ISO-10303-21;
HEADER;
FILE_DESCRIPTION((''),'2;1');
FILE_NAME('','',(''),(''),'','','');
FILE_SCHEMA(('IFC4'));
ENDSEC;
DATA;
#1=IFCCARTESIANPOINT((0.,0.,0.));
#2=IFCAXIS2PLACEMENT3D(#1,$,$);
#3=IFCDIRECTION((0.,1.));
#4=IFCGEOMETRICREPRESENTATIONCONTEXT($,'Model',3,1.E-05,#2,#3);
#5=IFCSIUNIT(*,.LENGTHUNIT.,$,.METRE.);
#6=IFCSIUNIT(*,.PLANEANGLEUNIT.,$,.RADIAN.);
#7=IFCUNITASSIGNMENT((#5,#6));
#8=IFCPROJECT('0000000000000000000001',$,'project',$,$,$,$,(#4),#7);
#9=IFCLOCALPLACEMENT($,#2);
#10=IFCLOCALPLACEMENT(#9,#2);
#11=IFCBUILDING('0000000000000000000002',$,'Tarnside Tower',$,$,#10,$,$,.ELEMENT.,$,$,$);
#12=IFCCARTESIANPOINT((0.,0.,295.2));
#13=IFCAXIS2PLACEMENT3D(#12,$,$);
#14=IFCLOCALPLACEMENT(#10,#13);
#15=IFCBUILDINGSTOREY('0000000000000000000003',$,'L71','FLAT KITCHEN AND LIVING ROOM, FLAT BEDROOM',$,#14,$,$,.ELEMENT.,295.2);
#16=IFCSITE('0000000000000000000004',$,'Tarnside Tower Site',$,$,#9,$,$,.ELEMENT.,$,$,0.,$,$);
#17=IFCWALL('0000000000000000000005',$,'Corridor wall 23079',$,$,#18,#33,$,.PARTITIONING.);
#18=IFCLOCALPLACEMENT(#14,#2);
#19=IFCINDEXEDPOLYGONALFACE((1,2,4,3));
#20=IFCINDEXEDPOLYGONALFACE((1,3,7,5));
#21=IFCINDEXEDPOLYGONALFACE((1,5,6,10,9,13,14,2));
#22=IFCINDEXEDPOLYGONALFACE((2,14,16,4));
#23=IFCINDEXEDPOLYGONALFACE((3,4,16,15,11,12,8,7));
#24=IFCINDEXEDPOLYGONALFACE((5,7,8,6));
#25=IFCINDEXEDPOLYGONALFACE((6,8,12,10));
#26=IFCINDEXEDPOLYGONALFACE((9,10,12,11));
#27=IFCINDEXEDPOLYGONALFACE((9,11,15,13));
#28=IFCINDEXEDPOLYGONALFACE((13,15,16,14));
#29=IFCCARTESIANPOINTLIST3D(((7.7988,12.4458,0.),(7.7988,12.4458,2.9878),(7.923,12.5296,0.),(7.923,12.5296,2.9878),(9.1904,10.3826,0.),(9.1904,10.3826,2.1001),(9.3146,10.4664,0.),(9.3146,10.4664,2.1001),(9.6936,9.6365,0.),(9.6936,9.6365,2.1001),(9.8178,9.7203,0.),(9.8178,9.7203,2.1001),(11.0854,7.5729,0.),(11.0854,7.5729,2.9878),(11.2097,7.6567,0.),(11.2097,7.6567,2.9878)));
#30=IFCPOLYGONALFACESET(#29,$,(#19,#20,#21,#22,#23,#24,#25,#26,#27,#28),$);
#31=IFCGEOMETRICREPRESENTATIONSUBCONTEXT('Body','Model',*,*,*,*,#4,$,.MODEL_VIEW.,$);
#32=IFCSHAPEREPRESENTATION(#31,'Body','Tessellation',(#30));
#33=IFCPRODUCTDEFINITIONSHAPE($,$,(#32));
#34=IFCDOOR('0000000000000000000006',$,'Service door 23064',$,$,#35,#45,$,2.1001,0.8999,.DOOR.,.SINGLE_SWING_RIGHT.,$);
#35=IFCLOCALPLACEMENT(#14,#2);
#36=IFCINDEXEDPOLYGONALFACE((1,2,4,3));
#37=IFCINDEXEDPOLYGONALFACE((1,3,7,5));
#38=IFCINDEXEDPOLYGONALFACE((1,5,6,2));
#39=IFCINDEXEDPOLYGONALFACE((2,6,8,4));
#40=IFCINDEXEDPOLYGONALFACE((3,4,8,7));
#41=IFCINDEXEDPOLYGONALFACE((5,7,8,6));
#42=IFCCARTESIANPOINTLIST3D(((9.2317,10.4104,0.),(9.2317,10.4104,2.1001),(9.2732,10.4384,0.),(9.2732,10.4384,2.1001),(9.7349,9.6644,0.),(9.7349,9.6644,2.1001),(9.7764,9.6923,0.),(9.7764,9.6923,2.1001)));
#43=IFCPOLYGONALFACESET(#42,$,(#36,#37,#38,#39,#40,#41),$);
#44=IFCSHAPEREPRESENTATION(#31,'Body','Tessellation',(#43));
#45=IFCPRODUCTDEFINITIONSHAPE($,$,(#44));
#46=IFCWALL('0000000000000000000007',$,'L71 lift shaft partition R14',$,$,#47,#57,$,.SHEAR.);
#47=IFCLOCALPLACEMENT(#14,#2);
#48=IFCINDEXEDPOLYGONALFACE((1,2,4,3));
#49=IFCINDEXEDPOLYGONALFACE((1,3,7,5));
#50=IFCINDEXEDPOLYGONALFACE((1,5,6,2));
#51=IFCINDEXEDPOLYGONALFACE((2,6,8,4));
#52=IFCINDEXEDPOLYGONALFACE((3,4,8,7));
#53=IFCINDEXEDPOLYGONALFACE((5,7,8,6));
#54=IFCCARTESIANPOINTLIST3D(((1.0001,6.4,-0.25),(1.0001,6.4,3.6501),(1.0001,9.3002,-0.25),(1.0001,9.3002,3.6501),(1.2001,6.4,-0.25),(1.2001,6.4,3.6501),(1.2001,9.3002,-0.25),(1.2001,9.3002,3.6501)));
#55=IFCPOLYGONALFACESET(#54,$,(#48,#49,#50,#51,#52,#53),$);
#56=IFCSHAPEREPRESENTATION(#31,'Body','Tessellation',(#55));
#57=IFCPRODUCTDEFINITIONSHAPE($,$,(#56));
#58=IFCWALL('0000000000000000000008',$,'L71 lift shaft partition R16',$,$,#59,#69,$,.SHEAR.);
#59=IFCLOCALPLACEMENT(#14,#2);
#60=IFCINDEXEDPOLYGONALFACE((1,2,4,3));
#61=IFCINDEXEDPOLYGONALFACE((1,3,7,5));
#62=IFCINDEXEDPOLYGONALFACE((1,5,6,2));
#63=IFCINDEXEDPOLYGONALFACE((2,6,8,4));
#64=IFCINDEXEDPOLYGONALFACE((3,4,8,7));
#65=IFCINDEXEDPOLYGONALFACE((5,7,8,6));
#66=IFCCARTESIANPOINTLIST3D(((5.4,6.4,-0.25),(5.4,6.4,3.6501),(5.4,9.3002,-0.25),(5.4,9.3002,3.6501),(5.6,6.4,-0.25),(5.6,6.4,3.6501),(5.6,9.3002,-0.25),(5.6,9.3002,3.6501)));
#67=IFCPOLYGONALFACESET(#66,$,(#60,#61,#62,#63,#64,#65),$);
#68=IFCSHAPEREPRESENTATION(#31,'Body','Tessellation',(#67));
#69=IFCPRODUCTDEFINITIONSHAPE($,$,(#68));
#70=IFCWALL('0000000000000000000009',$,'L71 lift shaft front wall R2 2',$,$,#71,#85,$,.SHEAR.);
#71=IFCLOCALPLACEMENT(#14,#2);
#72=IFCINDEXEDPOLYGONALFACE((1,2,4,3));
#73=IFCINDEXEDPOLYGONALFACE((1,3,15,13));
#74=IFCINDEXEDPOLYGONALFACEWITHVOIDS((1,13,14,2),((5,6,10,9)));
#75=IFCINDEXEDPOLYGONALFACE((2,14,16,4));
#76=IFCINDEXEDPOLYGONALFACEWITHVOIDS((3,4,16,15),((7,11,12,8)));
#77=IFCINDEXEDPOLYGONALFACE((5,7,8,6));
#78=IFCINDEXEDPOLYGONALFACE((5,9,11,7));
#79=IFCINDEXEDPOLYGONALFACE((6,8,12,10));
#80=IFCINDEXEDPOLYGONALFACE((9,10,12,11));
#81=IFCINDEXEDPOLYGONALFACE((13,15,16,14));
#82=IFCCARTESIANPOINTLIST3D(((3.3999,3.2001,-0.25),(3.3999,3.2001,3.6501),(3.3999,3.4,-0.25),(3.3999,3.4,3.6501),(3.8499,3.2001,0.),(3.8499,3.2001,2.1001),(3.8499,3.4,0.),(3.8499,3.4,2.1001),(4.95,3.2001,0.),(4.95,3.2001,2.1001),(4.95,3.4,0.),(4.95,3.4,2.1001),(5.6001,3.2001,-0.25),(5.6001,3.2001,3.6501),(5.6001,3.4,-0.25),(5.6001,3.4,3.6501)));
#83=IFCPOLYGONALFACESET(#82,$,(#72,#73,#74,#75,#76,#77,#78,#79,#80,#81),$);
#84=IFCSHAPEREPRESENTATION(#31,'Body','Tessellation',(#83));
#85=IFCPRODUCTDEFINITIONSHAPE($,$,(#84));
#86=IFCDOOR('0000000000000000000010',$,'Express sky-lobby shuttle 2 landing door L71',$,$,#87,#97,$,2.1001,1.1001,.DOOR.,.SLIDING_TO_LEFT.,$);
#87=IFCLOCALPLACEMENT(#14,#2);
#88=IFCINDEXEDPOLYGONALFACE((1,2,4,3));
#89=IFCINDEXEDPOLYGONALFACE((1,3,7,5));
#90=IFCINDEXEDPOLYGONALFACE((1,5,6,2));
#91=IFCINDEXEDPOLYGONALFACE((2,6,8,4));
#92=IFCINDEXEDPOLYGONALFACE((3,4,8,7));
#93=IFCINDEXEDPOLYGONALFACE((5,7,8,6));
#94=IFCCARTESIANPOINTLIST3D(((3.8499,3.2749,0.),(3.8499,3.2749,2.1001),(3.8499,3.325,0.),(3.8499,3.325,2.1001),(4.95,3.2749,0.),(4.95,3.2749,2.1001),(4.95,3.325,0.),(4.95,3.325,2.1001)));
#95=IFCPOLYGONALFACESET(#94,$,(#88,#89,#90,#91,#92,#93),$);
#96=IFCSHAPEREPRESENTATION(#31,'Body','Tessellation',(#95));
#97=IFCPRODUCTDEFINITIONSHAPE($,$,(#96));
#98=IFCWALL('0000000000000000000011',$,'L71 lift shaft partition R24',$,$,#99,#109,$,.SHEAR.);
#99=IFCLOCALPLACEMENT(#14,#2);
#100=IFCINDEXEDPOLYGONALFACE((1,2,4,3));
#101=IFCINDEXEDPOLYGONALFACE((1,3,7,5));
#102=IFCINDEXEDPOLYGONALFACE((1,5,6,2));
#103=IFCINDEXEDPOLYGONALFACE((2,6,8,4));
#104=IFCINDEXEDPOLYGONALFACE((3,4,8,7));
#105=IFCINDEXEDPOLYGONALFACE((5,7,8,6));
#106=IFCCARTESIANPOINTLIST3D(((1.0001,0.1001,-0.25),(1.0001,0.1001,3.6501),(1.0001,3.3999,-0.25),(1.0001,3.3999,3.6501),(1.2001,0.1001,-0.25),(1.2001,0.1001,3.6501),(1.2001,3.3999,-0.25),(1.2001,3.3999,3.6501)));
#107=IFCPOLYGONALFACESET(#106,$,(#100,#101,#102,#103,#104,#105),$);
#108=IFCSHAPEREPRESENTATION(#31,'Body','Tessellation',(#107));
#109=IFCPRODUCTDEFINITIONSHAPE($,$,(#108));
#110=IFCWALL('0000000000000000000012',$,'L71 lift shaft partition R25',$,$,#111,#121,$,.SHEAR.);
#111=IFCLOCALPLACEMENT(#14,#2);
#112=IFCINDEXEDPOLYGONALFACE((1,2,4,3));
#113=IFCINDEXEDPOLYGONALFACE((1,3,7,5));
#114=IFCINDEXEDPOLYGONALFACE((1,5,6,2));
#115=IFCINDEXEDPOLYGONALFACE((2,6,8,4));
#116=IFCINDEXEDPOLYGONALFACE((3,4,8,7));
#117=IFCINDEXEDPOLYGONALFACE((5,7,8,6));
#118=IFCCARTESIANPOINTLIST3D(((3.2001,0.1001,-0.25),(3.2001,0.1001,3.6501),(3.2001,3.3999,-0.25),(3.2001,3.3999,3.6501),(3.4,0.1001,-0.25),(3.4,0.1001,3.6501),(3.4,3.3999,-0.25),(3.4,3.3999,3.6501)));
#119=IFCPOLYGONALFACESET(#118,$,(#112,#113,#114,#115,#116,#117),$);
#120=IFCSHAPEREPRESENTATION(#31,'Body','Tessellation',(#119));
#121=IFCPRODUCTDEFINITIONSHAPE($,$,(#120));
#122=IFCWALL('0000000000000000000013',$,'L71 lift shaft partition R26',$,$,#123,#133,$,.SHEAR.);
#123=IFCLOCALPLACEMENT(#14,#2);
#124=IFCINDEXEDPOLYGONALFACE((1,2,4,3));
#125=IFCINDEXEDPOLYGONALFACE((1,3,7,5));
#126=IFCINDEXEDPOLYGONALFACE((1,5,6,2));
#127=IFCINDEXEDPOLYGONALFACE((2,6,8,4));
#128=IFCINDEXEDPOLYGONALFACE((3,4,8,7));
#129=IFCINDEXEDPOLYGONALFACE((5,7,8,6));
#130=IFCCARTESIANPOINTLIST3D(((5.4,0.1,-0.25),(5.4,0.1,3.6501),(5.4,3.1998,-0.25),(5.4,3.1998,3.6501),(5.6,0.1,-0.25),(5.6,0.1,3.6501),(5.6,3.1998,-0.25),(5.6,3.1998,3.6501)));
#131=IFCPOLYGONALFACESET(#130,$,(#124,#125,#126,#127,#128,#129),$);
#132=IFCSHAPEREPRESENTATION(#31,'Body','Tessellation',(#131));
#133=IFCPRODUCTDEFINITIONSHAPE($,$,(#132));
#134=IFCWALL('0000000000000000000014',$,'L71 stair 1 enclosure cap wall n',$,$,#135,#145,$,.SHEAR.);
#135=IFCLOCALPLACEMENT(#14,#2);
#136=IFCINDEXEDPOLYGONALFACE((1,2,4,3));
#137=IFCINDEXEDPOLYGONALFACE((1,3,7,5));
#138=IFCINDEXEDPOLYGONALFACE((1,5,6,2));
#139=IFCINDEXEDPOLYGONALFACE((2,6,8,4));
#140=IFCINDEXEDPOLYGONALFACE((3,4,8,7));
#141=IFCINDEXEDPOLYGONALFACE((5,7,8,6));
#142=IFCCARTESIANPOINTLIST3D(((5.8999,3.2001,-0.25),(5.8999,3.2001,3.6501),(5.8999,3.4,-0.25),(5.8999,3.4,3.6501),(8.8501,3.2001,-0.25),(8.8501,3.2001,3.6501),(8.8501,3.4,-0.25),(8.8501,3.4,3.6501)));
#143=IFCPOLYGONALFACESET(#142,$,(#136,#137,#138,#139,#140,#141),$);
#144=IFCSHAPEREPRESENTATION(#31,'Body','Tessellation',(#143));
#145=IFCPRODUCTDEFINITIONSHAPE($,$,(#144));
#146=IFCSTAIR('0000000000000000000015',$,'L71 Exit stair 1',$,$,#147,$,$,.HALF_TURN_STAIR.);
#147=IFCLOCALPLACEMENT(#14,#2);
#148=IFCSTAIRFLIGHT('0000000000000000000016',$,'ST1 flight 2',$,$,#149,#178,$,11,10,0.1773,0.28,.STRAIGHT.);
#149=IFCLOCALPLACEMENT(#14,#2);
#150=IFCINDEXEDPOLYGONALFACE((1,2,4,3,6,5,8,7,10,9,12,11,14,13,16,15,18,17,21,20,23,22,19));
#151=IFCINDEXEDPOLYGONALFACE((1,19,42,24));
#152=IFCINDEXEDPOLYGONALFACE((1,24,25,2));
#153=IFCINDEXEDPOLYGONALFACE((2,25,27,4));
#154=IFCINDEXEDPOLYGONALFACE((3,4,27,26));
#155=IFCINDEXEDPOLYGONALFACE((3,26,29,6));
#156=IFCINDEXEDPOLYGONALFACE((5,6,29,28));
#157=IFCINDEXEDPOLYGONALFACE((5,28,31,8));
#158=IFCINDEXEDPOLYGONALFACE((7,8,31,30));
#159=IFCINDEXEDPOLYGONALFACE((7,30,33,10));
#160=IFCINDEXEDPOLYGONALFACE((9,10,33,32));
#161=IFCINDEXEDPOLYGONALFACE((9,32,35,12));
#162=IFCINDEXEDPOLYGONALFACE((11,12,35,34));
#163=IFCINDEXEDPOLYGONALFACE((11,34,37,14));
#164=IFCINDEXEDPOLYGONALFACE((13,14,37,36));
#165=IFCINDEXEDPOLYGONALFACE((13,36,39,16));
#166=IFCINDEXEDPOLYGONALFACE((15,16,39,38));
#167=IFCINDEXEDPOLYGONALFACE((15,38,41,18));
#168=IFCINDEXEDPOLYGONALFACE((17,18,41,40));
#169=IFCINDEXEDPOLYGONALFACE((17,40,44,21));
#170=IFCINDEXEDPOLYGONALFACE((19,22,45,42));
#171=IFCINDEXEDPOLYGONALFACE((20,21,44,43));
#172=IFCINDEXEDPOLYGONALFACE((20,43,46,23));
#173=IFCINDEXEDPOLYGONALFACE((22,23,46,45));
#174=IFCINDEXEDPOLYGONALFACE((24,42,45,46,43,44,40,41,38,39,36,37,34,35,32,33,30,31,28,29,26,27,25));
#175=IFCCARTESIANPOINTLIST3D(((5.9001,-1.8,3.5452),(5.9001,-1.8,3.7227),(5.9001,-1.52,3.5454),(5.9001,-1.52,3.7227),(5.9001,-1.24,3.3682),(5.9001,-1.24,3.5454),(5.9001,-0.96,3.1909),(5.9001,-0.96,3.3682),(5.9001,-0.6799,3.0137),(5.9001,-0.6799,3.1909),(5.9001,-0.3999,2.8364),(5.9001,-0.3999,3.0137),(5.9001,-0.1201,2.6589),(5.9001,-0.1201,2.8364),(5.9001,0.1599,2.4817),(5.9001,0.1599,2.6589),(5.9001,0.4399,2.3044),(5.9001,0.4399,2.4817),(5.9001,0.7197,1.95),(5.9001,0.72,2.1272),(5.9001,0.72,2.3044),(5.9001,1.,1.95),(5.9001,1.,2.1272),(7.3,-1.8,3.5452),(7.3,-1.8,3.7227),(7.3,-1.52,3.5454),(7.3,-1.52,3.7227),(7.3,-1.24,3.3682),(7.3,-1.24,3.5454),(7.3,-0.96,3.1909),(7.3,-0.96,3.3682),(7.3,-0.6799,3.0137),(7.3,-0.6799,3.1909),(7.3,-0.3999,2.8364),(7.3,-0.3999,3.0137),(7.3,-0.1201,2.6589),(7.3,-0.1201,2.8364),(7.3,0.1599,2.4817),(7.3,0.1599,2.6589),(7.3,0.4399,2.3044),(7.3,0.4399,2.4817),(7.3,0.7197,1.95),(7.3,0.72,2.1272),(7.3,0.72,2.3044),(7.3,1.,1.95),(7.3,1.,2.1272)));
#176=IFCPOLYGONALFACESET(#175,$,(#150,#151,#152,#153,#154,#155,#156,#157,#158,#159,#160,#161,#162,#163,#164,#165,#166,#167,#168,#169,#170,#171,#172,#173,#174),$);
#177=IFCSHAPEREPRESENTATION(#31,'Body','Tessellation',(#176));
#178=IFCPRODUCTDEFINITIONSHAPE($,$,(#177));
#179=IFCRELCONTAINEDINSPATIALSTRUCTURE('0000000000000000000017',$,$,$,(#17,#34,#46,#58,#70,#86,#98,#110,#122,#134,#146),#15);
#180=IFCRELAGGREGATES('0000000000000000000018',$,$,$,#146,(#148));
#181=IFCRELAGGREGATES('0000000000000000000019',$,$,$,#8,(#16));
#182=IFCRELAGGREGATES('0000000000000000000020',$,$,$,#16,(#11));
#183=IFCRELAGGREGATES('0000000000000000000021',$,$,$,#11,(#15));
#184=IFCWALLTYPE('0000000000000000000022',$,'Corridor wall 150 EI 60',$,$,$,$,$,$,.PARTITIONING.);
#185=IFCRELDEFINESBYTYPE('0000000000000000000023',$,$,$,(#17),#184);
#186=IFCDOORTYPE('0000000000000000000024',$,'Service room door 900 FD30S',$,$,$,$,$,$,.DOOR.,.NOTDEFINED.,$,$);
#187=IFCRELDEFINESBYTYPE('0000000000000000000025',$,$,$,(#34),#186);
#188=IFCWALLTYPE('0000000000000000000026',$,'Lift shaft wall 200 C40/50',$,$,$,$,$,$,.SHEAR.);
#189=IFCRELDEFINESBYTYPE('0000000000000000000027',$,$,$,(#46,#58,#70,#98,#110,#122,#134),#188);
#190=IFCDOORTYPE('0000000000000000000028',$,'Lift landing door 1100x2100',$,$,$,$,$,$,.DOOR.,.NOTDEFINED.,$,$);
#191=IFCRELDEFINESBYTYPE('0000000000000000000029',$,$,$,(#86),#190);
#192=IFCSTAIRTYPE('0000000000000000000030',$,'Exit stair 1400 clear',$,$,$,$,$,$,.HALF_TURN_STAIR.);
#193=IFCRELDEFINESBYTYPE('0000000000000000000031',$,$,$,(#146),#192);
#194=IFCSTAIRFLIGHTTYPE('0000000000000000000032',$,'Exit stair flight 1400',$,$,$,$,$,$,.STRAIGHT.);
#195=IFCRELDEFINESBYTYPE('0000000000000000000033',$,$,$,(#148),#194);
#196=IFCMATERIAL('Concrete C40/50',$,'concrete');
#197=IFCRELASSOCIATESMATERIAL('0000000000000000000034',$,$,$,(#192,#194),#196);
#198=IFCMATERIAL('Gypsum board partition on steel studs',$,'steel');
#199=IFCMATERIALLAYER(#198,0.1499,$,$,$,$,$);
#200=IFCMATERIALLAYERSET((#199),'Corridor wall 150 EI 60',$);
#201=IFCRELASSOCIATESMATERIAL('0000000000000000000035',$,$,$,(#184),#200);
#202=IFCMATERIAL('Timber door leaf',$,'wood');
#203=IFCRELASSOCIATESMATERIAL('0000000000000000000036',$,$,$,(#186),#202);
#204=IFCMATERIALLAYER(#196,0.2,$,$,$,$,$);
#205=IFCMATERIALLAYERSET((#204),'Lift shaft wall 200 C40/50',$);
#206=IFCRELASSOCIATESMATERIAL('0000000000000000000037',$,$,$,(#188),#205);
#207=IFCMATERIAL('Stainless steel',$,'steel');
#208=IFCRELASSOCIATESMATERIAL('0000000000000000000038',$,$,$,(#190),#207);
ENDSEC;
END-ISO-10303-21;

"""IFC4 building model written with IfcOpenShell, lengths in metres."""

from ifc_helpers import new_model, si_unit, direction, frame, frame_2d, origin, place, context, subcontext, project, spatial, polyline, rectangle, outline, extrude, material, layer, layer_set, type_object, element, fill, aggregate, save


model = new_model("IFC4")

# Units and contexts
model_context = context("Model", 3, precision=1e-05, world=origin(), true_north=direction((0.0, 1.0)))
body_context = subcontext(model_context, "Body", "Model", "MODEL_VIEW")
ifc_project = project(units=[si_unit("LENGTHUNIT", "METRE"), si_unit("PLANEANGLEUNIT", "RADIAN")], contexts=[model_context])

# Site, building, storey
site_placement = place(None, origin())
site = spatial("IfcSite", under=ifc_project, at=site_placement, Name="Tarnside Tower Site", CompositionType="ELEMENT", RefElevation=0.0)
building_placement = place(site_placement, origin())
building = spatial("IfcBuilding", under=site, at=building_placement, Name="Tarnside Tower", CompositionType="ELEMENT")
storey_placement = place(building_placement, frame((0.0, 0.0, 295.2)))
storey = spatial("IfcBuildingStorey", under=building, at=storey_placement, Name="L71", Description="FLAT KITCHEN AND LIVING ROOM, FLAT BEDROOM", CompositionType="ELEMENT", Elevation=295.2)

# Shared definitions
ifc_material_1 = material(Name="Concrete C40/50", Category="concrete")

# Shared definitions
stair_type = type_object("IfcStairType", Name="Exit stair 1400 clear", PredefinedType="HALF_TURN_STAIR", material=ifc_material_1)

# Shared definitions
ifc_material_2 = material(Name="Gypsum board partition on steel studs", Category="steel")
ifc_layer_1 = layer(ifc_material_2, 0.1499)
ifc_layer_set_1 = layer_set([ifc_layer_1], Name="Corridor wall 150 EI 60")
wall_type_1 = type_object("IfcWallType", Name="Corridor wall 150 EI 60", PredefinedType="PARTITIONING", material=ifc_layer_set_1)

# Wall, opening, door
wall_1_placement = place(storey_placement, frame((7.8608, 12.4878, 0.0), z_axis=(0.0, 0.0, 1.0), x_axis=(0.559178, -0.829047, 0.0)))
wall_1 = element("IfcWall", 1, at=wall_1_placement, inside=storey, type_object=wall_type_1, Name="Corridor wall 23079", PredefinedType="PARTITIONING", context=body_context, shape_type="SweptSolid", body=[
    extrude(rectangle(XDim=5.8777, YDim=0.1499, at=frame_2d((2.939, 0.0))), origin(), (0.0, 0.0, 1.0), 2.9878),
])
opening_1_placement = place(wall_1_placement, frame((2.4888, 0.0, 0.0)))
opening_1 = element("IfcOpeningElement", 2, at=opening_1_placement, cuts=wall_1, PredefinedType="OPENING", context=body_context, shape_type="SweptSolid", body=[
    extrude(rectangle(XDim=0.8999, YDim=2.1001, at=frame_2d((0.45, 1.05))), frame((0.0, 0.085, 0.0), z_axis=(0.0, -1.0, 0.0), x_axis=(1.0, 0.0, 0.0)), (0.0, 0.0, 1.0), 0.1699),
])
ifc_material_3 = material(Name="Timber door leaf", Category="wood")
door_type_1 = type_object("IfcDoorType", Name="Service room door 900 FD30S", OperationType="NOTDEFINED", PredefinedType="DOOR", material=ifc_material_3)
door_1_placement = place(opening_1_placement, origin())
door_1 = element("IfcDoor", 3, at=door_1_placement, inside=storey, type_object=door_type_1, Name="Service door 23064", OperationType="SINGLE_SWING_RIGHT", OverallHeight=2.1001, OverallWidth=0.8999, PredefinedType="DOOR", context=body_context, shape_type="SweptSolid", body=[
    extrude(rectangle(XDim=0.8999, YDim=2.1001, at=frame_2d((0.45, 1.05))), frame((0.0, 0.0249, 0.0), z_axis=(0.0, -1.0, 0.0), x_axis=(1.0, 0.0, 0.0)), (0.0, 0.0, 1.0), 0.05),
])
fill(opening_1, door_1)

# Walls
ifc_layer_2 = layer(ifc_material_1, 0.2)
ifc_layer_set_2 = layer_set([ifc_layer_2], Name="Lift shaft wall 200 C40/50")
wall_type_2 = type_object("IfcWallType", Name="Lift shaft wall 200 C40/50", PredefinedType="SHEAR", material=ifc_layer_set_2)
for number, where, z_axis, x_axis, name in (
    (4, (1.1001, 6.3999, -0.25), (0.0, 0.0, 1.0), (0.0, 1.0, 0.0), "L71 lift shaft partition R14"),
    (5, (5.5, 6.3999, -0.25), (0.0, 0.0, 1.0), (0.0, 1.0, 0.0), "L71 lift shaft partition R16"),
):
    element("IfcWall", number, at=place(storey_placement, frame(where, z_axis=z_axis, x_axis=x_axis)), inside=storey, type_object=wall_type_2, Name=name, PredefinedType="SHEAR", context=body_context, shape_type="SweptSolid", body=[
        extrude(rectangle(XDim=2.9001, YDim=0.2, at=frame_2d((1.4502, 0.0))), origin(), (0.0, 0.0, 1.0), 3.9001),
    ])

# Wall, opening, door
wall_2_placement = place(storey_placement, frame((3.3999, 3.3, -0.25), z_axis=(0.0, 0.0, 1.0), x_axis=(1.0, 0.0, 0.0)))
wall_2 = element("IfcWall", 6, at=wall_2_placement, inside=storey, type_object=wall_type_2, Name="L71 lift shaft front wall R2 2", PredefinedType="SHEAR", context=body_context, shape_type="SweptSolid", body=[
    extrude(rectangle(XDim=2.2002, YDim=0.2, at=frame_2d((1.1001, 0.0))), origin(), (0.0, 0.0, 1.0), 3.9001),
])
opening_2_placement = place(wall_2_placement, frame((0.45, 0.0, 0.25)))
opening_2 = element("IfcOpeningElement", 7, at=opening_2_placement, cuts=wall_2, PredefinedType="OPENING", context=body_context, shape_type="SweptSolid", body=[
    extrude(rectangle(XDim=1.1001, YDim=2.1001, at=frame_2d((0.55, 1.05))), frame((0.0, 0.1099, 0.0), z_axis=(0.0, -1.0, 0.0), x_axis=(1.0, 0.0, 0.0)), (0.0, 0.0, 1.0), 0.22),
])
ifc_material_4 = material(Name="Stainless steel", Category="steel")
door_type_2 = type_object("IfcDoorType", Name="Lift landing door 1100x2100", OperationType="NOTDEFINED", PredefinedType="DOOR", material=ifc_material_4)
door_2_placement = place(opening_2_placement, origin())
door_2 = element("IfcDoor", 8, at=door_2_placement, inside=storey, type_object=door_type_2, Name="Express sky-lobby shuttle 2 landing door L71", OperationType="SLIDING_TO_LEFT", OverallHeight=2.1001, OverallWidth=1.1001, PredefinedType="DOOR", context=body_context, shape_type="SweptSolid", body=[
    extrude(rectangle(XDim=1.1001, YDim=2.1001, at=frame_2d((0.55, 1.05))), frame((0.0, 0.0249, 0.0), z_axis=(0.0, -1.0, 0.0), x_axis=(1.0, 0.0, 0.0)), (0.0, 0.0, 1.0), 0.05),
])
fill(opening_2, door_2)

# Walls
for number, where, z_axis, x_axis, name in (
    (9, (1.1001, 0.1001, -0.25), (0.0, 0.0, 1.0), (0.0, 1.0, 0.0), "L71 lift shaft partition R24"),
    (10, (3.3, 0.1001, -0.25), (0.0, 0.0, 1.0), (0.0, 1.0, 0.0), "L71 lift shaft partition R25"),
):
    element("IfcWall", number, at=place(storey_placement, frame(where, z_axis=z_axis, x_axis=x_axis)), inside=storey, type_object=wall_type_2, Name=name, PredefinedType="SHEAR", context=body_context, shape_type="SweptSolid", body=[
        extrude(rectangle(XDim=3.2998, YDim=0.2, at=frame_2d((1.6499, 0.0))), origin(), (0.0, 0.0, 1.0), 3.9001),
    ])
wall_3_placement = place(storey_placement, frame((5.5, 0.1001, -0.25), z_axis=(0.0, 0.0, 1.0), x_axis=(0.0, 1.0, 0.0)))
element("IfcWall", 11, at=wall_3_placement, inside=storey, type_object=wall_type_2, Name="L71 lift shaft partition R26", PredefinedType="SHEAR", context=body_context, shape_type="SweptSolid", body=[
    extrude(rectangle(XDim=3.0999, YDim=0.2, at=frame_2d((1.5498, 0.0))), origin(), (0.0, 0.0, 1.0), 3.9001),
])
wall_4_placement = place(storey_placement, frame((5.8999, 3.3, -0.25), z_axis=(0.0, 0.0, 1.0), x_axis=(1.0, 0.0, 0.0)))
element("IfcWall", 12, at=wall_4_placement, inside=storey, type_object=wall_type_2, Name="L71 stair 1 enclosure cap wall n", PredefinedType="SHEAR", context=body_context, shape_type="SweptSolid", body=[
    extrude(rectangle(XDim=2.9502, YDim=0.2, at=frame_2d((1.4751, 0.0))), origin(), (0.0, 0.0, 1.0), 3.9001),
])

# Stair, stair flight
stair_1_placement = place(storey_placement, origin())
stair_1 = element("IfcStair", 13, at=stair_1_placement, inside=storey, type_object=stair_type, Name="L71 Exit stair 1", PredefinedType="HALF_TURN_STAIR")
stair_flight_type = type_object("IfcStairFlightType", Name="Exit stair flight 1400", PredefinedType="STRAIGHT", material=ifc_material_1)
stair_flight_placement = place(storey_placement, frame((6.6001, 1.0, 1.95), z_axis=(0.0, 0.0, 1.0), x_axis=(0.0, -1.0, 0.0)))
stair_flight = element("IfcStairFlight", 14, at=stair_flight_placement, type_object=stair_flight_type, Name="ST1 flight 2", NumberOfRisers=11, NumberOfTreads=10, PredefinedType="STRAIGHT", RiserHeight=0.1773, TreadLength=0.28, context=body_context, shape_type="SweptSolid", body=[
    extrude(outline(polyline([(0.0, 0.0), (0.0, 0.1772), (0.28, 0.1772), (0.28, 0.3545), (0.5601, 0.3545), (0.5601, 0.5317), (0.8401, 0.5317), (0.8401, 0.709), (1.1201, 0.709), (1.1201, 0.8865), (1.3999, 0.8865), (1.3999, 1.0637), (1.6799, 1.0637), (1.6799, 1.241), (1.96, 1.241), (1.96, 1.4182), (2.24, 1.4182), (2.24, 1.5955), (2.52, 1.5955), (2.52, 1.7727), (2.8, 1.7727), (2.8, 1.95), (2.8, 1.5952), (0.2803, 0.0), (0.0, 0.0)])), frame((0.0, 0.7, 0.0), z_axis=(0.0, -1.0, 0.0), x_axis=(1.0, 0.0, 0.0)), (0.0, 0.0, 1.0), 1.3999),
])
aggregate(stair_1, [stair_flight])

save(model, "model.ifc")
